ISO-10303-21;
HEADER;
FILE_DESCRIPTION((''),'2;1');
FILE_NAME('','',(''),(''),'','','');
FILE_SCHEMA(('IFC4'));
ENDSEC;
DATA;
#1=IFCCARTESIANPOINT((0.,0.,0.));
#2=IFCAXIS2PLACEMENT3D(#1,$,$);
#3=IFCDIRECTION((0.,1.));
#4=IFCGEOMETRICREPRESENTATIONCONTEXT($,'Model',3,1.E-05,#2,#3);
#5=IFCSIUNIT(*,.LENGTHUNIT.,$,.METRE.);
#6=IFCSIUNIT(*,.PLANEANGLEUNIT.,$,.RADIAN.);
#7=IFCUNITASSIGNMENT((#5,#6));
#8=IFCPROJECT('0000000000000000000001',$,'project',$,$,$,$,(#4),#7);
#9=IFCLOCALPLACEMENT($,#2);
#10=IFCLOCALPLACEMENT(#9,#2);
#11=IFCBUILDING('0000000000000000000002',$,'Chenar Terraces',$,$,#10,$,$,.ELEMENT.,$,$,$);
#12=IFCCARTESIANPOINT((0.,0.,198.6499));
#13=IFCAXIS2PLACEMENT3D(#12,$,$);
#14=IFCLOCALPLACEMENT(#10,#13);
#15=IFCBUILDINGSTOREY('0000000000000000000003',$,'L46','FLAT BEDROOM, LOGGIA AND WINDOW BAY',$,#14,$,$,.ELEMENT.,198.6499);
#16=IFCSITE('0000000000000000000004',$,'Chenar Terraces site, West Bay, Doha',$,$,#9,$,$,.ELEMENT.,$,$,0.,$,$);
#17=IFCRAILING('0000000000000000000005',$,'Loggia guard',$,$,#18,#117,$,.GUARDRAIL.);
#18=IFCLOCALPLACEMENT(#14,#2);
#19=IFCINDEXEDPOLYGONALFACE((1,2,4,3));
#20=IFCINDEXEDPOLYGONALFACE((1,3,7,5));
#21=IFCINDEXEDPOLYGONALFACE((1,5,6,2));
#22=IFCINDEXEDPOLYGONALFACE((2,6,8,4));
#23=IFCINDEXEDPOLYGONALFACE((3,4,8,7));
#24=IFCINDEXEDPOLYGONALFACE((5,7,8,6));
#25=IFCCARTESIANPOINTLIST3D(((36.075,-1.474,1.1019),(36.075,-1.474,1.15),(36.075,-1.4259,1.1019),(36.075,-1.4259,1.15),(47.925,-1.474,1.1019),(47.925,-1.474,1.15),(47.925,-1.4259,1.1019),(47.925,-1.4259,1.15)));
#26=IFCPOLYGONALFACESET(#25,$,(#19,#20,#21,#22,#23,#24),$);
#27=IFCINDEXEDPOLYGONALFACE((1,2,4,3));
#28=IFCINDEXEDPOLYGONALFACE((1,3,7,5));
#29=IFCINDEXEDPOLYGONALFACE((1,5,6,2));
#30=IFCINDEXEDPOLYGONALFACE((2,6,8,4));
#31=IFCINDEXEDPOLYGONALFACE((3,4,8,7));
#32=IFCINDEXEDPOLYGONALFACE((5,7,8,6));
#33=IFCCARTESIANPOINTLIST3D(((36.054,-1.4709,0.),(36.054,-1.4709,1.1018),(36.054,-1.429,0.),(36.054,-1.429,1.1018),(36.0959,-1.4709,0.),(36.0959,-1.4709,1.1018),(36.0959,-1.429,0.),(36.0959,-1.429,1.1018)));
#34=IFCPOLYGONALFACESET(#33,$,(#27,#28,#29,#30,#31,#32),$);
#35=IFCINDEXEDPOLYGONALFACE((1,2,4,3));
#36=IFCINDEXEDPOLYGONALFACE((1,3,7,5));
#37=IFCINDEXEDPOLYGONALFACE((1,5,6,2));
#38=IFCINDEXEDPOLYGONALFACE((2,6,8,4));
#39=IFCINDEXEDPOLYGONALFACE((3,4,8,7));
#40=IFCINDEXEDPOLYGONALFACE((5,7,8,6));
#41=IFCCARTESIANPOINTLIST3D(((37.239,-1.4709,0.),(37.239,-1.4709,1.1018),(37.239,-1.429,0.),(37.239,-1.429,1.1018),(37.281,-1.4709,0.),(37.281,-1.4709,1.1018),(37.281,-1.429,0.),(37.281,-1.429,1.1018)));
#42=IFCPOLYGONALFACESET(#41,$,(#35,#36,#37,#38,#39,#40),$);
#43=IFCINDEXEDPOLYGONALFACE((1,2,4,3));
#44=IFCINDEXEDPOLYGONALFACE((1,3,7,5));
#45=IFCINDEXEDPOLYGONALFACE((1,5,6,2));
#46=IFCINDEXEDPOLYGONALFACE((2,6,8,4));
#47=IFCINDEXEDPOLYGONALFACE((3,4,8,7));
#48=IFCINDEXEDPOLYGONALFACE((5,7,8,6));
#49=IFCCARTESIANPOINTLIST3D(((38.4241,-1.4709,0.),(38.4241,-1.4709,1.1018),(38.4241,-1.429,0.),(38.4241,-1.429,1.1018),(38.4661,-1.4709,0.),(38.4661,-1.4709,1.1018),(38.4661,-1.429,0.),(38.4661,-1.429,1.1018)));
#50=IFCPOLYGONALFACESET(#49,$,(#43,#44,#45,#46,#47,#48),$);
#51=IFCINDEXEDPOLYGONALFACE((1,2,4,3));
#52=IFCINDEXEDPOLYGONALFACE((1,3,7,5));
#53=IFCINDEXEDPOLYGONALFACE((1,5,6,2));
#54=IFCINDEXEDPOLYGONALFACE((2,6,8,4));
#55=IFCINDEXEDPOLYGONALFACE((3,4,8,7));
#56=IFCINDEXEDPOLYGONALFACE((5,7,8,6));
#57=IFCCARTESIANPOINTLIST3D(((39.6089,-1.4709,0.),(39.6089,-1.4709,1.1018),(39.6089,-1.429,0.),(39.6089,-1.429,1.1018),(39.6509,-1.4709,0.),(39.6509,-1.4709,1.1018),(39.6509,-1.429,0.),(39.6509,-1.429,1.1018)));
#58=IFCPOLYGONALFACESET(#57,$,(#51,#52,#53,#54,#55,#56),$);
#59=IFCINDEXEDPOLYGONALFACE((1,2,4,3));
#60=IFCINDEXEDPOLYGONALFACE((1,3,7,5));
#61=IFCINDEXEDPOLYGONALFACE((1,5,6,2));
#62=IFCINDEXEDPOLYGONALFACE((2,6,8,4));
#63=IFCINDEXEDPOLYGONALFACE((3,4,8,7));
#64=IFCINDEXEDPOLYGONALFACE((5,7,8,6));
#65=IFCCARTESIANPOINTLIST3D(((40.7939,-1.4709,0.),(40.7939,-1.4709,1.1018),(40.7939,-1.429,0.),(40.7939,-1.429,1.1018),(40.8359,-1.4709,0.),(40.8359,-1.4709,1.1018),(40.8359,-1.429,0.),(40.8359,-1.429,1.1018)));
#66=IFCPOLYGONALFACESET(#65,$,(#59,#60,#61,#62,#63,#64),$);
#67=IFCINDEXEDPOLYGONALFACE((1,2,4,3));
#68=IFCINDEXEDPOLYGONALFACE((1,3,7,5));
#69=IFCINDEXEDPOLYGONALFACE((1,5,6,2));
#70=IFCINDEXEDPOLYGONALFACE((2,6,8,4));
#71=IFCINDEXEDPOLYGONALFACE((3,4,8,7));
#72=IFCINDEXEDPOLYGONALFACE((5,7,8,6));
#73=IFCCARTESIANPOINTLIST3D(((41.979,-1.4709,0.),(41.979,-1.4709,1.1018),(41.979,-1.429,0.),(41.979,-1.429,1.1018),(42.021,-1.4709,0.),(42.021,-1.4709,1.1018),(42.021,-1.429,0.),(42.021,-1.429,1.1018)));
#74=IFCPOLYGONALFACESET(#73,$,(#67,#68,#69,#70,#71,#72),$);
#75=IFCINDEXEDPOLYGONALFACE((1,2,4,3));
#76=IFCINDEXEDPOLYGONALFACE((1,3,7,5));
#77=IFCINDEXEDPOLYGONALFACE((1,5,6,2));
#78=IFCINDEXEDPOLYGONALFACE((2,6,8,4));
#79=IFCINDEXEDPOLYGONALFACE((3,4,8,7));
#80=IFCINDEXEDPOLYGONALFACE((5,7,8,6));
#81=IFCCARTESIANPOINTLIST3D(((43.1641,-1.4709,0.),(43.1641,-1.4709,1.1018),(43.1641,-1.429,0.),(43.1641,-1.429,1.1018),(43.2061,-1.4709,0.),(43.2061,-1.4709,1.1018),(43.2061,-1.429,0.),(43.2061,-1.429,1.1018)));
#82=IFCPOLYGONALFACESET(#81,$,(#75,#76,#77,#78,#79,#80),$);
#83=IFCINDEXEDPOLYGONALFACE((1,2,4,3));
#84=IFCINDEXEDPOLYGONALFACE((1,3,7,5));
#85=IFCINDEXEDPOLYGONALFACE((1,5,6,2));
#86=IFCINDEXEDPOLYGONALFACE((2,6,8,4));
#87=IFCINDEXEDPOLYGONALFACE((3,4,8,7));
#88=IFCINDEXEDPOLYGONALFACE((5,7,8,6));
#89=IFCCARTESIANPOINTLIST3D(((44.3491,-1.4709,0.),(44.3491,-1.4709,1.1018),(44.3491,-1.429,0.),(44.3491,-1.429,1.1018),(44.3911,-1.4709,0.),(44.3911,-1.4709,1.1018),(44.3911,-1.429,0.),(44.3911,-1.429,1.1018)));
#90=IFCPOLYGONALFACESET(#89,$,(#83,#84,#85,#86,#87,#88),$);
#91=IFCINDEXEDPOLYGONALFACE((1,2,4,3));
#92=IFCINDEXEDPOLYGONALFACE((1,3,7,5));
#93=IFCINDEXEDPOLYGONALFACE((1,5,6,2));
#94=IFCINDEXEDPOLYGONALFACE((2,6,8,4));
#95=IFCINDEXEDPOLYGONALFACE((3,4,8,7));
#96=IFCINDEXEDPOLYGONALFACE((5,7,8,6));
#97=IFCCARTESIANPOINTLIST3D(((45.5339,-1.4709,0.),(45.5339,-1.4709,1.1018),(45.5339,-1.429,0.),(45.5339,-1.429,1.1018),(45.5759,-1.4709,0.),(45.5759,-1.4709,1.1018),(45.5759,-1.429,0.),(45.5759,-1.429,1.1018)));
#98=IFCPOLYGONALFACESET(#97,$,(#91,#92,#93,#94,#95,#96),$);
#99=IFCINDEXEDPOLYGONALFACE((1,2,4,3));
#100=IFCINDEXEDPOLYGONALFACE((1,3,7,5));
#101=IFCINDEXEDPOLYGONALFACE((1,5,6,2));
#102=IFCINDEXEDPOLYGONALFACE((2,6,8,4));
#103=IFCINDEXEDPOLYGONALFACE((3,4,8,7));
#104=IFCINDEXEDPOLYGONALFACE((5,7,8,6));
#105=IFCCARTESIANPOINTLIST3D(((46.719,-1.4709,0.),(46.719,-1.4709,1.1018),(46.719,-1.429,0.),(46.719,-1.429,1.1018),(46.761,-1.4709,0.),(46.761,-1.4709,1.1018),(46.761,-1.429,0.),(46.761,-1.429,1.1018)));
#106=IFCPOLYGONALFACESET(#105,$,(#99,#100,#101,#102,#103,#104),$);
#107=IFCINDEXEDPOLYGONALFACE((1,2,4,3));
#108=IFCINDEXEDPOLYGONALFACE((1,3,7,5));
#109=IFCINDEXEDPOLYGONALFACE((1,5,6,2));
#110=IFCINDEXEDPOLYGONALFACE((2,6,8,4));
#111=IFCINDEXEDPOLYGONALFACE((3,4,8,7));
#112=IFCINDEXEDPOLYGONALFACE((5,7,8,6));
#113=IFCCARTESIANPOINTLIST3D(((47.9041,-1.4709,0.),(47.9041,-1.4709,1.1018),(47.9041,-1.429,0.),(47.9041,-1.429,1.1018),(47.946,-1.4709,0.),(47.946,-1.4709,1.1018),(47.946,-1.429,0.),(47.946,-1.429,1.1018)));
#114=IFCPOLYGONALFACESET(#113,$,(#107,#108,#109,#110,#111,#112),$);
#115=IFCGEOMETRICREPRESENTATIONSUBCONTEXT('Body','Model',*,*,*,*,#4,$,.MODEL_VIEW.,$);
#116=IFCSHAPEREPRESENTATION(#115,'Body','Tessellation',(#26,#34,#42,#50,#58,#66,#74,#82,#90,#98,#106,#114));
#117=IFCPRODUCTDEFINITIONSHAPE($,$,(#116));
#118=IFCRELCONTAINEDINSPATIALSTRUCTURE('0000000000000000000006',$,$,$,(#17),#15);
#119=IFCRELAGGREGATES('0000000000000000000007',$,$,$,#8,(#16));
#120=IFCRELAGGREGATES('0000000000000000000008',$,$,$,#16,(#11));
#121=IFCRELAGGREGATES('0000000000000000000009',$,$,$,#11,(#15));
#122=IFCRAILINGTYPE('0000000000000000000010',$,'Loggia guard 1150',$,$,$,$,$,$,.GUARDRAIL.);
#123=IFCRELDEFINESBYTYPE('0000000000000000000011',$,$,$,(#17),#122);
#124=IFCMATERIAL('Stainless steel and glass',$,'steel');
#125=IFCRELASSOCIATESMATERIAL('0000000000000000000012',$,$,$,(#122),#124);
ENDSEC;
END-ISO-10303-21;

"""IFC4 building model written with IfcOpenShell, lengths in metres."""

from ifc_helpers import new_model, si_unit, direction, frame, origin, origin_2d, place, context, subcontext, project, spatial, rectangle, extrude, material, type_object, element, save


model = new_model("IFC4")

# Units and contexts
model_context = context("Model", 3, precision=1e-05, world=origin(), true_north=direction((0.0, 1.0)))
body_context = subcontext(model_context, "Body", "Model", "MODEL_VIEW")
ifc_project = project(units=[si_unit("LENGTHUNIT", "METRE"), si_unit("PLANEANGLEUNIT", "RADIAN")], contexts=[model_context])

# Site, building, storey
site_placement = place(None, origin())
site = spatial("IfcSite", under=ifc_project, at=site_placement, Name="Chenar Terraces site, West Bay, Doha", CompositionType="ELEMENT", RefElevation=0.0)
building_placement = place(site_placement, origin())
building = spatial("IfcBuilding", under=site, at=building_placement, Name="Chenar Terraces", CompositionType="ELEMENT")
storey_placement = place(building_placement, frame((0.0, 0.0, 198.6499)))
storey = spatial("IfcBuildingStorey", under=building, at=storey_placement, Name="L46", Description="FLAT BEDROOM, LOGGIA AND WINDOW BAY", CompositionType="ELEMENT", Elevation=198.6499)

# Railing
ifc_material_1 = material(Name="Stainless steel and glass", Category="steel")
railing_type = type_object("IfcRailingType", Name="Loggia guard 1150", PredefinedType="GUARDRAIL", material=ifc_material_1)
railing_placement = place(storey_placement, frame((36.075, -1.45, 0.0)))
element("IfcRailing", 1, at=railing_placement, inside=storey, type_object=railing_type, Name="Loggia guard", PredefinedType="GUARDRAIL", context=body_context, shape_type="SweptSolid", body=[
    extrude(rectangle(XDim=0.0481, YDim=0.0481, at=origin_2d()), frame((0.0, 0.0, 1.126), z_axis=(1.0, 0.0, 0.0), x_axis=(0.0, 1.0, 0.0)), (0.0, 0.0, 1.0), 11.8501),
    extrude(rectangle(XDim=0.042, YDim=0.042, at=origin_2d()), origin(), (0.0, 0.0, 1.0), 1.1018),
    extrude(rectangle(XDim=0.042, YDim=0.042, at=origin_2d()), frame((1.1851, 0.0, 0.0)), (0.0, 0.0, 1.0), 1.1018),
    extrude(rectangle(XDim=0.042, YDim=0.042, at=origin_2d()), frame((2.3701, 0.0, 0.0)), (0.0, 0.0, 1.0), 1.1018),
    extrude(rectangle(XDim=0.042, YDim=0.042, at=origin_2d()), frame((3.5549, 0.0, 0.0)), (0.0, 0.0, 1.0), 1.1018),
    extrude(rectangle(XDim=0.042, YDim=0.042, at=origin_2d()), frame((4.74, 0.0, 0.0)), (0.0, 0.0, 1.0), 1.1018),
    extrude(rectangle(XDim=0.042, YDim=0.042, at=origin_2d()), frame((5.925, 0.0, 0.0)), (0.0, 0.0, 1.0), 1.1018),
    extrude(rectangle(XDim=0.042, YDim=0.042, at=origin_2d()), frame((7.1101, 0.0, 0.0)), (0.0, 0.0, 1.0), 1.1018),
    extrude(rectangle(XDim=0.042, YDim=0.042, at=origin_2d()), frame((8.2952, 0.0, 0.0)), (0.0, 0.0, 1.0), 1.1018),
    extrude(rectangle(XDim=0.042, YDim=0.042, at=origin_2d()), frame((9.48, 0.0, 0.0)), (0.0, 0.0, 1.0), 1.1018),
    extrude(rectangle(XDim=0.042, YDim=0.042, at=origin_2d()), frame((10.665, 0.0, 0.0)), (0.0, 0.0, 1.0), 1.1018),
    extrude(rectangle(XDim=0.042, YDim=0.042, at=origin_2d()), frame((11.8501, 0.0, 0.0)), (0.0, 0.0, 1.0), 1.1018),
])

save(model, "model.ifc")
